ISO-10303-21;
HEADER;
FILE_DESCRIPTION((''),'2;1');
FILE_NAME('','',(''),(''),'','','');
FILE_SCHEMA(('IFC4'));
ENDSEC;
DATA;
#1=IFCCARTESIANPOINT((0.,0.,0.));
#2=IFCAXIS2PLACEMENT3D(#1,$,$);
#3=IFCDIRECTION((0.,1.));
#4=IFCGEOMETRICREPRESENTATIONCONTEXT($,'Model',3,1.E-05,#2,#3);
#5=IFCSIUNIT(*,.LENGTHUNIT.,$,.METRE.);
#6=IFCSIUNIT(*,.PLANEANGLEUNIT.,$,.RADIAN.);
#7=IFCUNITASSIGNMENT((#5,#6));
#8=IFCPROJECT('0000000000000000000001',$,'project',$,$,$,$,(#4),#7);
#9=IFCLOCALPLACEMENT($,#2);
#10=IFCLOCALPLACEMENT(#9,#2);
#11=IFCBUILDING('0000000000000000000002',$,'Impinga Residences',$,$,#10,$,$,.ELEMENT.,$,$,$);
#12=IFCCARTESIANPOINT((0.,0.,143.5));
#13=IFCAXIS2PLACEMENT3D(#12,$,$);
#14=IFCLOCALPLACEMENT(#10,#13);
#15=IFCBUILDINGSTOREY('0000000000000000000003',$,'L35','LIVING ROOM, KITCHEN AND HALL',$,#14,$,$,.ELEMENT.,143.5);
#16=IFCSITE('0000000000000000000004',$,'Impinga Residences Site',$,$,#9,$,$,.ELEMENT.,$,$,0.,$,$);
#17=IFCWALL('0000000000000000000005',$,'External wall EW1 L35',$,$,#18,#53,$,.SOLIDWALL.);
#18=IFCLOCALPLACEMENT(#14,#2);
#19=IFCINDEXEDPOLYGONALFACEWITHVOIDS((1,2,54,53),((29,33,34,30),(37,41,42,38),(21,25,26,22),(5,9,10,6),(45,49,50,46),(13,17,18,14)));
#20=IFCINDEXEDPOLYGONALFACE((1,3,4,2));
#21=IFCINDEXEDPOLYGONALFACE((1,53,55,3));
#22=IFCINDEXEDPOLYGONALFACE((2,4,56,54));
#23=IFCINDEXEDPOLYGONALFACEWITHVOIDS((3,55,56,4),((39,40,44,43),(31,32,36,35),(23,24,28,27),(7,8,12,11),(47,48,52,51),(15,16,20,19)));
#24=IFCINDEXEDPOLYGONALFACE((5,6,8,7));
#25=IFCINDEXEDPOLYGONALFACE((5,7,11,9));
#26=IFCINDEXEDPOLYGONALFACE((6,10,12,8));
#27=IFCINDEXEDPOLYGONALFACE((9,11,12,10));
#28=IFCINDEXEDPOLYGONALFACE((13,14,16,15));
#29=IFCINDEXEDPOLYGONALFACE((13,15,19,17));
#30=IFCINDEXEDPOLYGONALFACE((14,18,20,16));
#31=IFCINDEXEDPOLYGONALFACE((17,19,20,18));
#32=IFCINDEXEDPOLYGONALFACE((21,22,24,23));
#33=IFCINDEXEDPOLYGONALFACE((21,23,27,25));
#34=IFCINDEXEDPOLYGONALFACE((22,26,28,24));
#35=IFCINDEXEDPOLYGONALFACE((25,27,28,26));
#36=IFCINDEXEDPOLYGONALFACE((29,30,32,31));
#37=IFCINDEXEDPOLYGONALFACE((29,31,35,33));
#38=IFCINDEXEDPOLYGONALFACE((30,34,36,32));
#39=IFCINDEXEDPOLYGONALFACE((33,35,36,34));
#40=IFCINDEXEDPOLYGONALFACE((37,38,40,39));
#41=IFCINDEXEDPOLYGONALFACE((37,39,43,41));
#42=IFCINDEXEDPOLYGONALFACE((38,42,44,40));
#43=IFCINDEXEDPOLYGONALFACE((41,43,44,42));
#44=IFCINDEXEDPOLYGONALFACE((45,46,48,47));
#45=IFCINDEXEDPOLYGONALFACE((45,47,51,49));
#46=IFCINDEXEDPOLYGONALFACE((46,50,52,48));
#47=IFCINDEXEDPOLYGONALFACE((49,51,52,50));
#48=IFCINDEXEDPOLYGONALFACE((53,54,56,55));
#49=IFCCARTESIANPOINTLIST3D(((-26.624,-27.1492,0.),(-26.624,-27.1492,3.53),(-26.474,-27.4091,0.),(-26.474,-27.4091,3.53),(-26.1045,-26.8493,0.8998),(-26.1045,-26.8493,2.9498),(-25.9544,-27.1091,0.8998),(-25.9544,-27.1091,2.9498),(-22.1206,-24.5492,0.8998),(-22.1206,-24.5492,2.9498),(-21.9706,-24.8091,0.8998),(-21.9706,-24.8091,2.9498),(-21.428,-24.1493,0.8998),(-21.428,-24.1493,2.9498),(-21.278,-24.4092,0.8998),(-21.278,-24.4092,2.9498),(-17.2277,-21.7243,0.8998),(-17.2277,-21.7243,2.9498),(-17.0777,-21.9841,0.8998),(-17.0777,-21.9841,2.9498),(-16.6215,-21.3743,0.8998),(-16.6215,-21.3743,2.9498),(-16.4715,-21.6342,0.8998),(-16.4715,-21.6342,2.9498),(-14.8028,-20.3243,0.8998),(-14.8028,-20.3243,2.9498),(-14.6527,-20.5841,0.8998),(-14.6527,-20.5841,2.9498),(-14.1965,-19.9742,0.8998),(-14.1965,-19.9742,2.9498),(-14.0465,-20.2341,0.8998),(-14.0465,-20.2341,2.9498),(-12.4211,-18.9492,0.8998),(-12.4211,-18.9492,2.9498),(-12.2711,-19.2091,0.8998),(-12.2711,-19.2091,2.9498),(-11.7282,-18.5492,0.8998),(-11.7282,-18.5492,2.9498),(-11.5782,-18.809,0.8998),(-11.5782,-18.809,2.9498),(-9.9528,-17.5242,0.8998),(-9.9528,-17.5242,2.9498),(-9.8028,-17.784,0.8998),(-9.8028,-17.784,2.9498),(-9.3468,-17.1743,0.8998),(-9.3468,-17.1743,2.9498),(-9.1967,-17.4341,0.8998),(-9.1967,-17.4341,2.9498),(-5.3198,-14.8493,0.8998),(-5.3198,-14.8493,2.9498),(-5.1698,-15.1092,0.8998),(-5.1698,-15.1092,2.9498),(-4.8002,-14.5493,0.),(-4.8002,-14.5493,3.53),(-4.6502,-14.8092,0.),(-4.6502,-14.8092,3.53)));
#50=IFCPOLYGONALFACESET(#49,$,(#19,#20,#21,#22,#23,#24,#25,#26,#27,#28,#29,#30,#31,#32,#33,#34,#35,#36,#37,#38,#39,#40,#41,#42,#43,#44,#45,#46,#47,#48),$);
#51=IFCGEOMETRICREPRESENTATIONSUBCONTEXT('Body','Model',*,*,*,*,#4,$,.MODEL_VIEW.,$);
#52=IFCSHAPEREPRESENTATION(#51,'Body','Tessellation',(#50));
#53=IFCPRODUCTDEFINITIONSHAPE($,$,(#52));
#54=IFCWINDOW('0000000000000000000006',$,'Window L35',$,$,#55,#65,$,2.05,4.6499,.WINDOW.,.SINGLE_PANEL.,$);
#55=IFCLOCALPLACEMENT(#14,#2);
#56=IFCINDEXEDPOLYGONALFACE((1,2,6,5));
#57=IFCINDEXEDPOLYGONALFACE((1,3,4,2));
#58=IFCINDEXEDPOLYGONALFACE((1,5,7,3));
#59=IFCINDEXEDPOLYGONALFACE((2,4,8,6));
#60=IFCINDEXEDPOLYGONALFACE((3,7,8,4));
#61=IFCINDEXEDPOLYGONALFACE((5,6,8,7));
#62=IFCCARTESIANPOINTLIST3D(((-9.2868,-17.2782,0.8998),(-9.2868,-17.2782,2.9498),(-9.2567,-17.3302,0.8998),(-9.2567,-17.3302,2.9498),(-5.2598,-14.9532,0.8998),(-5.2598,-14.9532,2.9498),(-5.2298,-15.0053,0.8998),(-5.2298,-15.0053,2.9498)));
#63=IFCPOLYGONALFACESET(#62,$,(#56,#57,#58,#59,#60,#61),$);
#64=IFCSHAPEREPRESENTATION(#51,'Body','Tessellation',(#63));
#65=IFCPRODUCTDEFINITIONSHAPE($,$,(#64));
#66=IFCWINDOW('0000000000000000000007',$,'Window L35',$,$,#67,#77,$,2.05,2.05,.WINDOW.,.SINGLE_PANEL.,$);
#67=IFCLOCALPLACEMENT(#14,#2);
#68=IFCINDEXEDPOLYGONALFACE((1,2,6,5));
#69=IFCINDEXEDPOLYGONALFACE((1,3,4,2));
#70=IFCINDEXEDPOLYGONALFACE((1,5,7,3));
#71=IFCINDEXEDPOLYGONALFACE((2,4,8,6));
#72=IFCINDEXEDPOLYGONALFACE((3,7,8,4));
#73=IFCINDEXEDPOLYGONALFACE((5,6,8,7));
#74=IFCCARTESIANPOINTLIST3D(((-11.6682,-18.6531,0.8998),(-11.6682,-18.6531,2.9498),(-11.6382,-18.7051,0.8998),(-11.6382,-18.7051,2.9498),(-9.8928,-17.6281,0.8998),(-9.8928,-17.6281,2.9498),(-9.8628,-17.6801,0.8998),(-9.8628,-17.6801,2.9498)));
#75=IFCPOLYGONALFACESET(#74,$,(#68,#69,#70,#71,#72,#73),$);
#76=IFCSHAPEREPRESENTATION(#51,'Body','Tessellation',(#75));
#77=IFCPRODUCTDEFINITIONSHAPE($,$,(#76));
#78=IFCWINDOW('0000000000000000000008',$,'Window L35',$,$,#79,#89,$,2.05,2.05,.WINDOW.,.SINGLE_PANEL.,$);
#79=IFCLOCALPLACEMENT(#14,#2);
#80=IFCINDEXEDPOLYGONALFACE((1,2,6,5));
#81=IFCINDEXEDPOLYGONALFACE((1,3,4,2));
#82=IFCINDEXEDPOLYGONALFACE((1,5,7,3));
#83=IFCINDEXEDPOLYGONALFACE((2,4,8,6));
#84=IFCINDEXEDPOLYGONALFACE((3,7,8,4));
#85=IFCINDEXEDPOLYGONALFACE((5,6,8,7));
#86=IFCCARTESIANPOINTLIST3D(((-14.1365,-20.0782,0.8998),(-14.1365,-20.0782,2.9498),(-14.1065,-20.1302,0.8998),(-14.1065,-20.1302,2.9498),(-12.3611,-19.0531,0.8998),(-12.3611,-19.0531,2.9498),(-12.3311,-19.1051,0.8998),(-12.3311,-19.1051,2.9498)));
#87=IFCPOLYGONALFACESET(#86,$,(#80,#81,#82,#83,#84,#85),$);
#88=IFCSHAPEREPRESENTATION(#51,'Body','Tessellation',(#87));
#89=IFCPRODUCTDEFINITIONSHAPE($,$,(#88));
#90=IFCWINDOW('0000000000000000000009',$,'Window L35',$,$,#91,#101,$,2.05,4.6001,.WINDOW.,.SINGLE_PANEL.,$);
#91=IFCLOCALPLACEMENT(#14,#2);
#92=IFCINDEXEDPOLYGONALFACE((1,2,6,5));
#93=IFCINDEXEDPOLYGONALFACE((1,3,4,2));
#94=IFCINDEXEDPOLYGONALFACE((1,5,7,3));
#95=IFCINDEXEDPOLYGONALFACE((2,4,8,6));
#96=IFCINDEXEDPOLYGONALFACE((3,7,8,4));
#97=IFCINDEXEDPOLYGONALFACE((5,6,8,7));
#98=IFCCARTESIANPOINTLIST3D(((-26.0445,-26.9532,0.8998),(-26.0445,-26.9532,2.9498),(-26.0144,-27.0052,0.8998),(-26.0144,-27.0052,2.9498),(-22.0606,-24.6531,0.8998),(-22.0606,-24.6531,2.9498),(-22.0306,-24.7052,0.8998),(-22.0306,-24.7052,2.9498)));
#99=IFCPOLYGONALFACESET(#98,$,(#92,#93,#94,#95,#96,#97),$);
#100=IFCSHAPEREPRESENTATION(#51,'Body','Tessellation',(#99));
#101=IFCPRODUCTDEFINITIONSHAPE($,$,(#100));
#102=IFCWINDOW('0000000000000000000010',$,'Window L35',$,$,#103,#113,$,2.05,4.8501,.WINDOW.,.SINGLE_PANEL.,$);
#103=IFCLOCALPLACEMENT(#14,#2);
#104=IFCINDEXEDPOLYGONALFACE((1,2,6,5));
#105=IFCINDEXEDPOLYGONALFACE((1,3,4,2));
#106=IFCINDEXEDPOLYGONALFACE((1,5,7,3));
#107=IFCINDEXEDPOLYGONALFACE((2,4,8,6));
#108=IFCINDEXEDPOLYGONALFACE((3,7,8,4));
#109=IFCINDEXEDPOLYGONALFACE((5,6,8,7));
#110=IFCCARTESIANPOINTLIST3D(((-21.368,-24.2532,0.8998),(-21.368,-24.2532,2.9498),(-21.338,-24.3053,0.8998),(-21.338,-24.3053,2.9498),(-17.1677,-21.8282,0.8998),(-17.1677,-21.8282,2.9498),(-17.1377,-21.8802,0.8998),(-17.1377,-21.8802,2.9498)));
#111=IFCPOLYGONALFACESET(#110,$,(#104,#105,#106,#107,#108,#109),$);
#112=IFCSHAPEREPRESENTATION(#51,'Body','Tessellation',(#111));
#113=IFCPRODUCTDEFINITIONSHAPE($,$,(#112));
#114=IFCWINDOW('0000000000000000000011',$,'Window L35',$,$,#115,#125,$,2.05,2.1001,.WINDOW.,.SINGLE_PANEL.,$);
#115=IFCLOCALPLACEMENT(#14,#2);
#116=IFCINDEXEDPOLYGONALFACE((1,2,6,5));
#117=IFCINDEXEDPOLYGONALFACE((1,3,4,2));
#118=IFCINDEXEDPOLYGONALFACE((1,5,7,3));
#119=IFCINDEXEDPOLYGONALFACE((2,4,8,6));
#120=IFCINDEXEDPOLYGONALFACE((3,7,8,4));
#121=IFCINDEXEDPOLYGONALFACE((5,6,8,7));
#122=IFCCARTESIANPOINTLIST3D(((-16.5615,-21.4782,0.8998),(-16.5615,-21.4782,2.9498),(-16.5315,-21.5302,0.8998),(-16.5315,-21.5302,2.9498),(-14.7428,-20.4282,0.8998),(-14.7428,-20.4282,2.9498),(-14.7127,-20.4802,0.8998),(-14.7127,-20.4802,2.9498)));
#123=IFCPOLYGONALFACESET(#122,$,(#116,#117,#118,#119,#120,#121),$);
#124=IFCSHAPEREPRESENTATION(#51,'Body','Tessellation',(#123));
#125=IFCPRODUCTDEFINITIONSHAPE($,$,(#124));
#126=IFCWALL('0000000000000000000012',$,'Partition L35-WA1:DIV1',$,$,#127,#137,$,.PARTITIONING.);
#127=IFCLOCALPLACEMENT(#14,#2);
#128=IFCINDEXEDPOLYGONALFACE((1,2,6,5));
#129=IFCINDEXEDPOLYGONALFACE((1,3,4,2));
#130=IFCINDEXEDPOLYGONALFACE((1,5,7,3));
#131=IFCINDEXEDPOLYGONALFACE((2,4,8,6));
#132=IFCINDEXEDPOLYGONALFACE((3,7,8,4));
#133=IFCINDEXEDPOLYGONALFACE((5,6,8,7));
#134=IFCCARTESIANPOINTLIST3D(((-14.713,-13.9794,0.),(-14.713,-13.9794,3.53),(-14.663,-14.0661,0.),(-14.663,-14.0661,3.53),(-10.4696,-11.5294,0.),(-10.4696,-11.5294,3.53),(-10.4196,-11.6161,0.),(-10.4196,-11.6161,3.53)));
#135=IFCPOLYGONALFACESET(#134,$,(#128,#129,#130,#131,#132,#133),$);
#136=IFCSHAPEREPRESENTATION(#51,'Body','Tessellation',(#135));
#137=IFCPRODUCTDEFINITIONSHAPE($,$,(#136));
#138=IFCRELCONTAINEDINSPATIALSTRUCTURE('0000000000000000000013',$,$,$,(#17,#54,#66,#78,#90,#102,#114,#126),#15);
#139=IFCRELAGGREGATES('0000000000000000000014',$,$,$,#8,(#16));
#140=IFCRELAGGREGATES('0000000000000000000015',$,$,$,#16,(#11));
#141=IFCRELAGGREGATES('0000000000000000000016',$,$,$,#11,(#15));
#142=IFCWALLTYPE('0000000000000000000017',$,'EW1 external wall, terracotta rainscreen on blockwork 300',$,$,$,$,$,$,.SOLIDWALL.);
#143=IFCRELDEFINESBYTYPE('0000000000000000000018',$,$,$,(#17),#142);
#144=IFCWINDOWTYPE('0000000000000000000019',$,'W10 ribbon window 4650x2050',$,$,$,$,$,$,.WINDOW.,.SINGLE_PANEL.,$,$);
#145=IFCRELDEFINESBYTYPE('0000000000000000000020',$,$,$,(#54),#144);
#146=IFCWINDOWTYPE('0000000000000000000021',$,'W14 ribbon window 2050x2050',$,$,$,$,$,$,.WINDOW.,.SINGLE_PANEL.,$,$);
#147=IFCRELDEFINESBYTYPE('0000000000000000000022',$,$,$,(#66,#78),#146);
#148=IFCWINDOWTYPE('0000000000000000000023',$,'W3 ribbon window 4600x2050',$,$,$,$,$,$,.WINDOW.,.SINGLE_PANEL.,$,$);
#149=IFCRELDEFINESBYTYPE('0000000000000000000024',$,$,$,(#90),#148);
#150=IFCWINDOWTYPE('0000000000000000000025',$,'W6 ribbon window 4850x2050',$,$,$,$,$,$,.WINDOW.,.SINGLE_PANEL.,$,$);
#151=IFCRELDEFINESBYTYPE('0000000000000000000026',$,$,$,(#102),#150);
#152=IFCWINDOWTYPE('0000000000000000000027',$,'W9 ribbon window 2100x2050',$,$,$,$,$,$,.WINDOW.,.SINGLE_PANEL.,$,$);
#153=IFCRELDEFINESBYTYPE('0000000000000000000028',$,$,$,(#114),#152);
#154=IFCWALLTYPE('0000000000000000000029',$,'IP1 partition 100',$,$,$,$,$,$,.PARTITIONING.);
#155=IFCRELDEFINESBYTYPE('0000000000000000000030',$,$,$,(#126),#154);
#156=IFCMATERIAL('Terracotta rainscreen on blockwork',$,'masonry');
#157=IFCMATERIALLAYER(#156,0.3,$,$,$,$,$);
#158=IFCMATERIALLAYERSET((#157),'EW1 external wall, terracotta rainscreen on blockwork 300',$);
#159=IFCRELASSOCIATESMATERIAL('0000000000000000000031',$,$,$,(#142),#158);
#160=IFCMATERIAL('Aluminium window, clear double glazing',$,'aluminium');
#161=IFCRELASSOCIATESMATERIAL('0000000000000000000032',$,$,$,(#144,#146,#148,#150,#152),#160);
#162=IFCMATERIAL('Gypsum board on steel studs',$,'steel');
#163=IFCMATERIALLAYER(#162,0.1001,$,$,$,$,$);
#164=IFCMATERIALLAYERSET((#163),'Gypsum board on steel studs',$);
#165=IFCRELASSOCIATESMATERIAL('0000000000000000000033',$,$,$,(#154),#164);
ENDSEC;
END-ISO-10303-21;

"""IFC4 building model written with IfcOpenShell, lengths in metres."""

from ifc_helpers import new_model, si_unit, direction, frame, frame_2d, origin, place, context, subcontext, project, spatial, rectangle, extrude, material, layer, layer_set, type_object, element, fill, save


model = new_model("IFC4")

# Units and contexts
model_context = context("Model", 3, precision=1e-05, world=origin(), true_north=direction((0.0, 1.0)))
body_context = subcontext(model_context, "Body", "Model", "MODEL_VIEW")
ifc_project = project(units=[si_unit("LENGTHUNIT", "METRE"), si_unit("PLANEANGLEUNIT", "RADIAN")], contexts=[model_context])

# Site, building, storey
site_placement = place(None, origin())
site = spatial("IfcSite", under=ifc_project, at=site_placement, Name="Impinga Residences Site", CompositionType="ELEMENT", RefElevation=0.0)
building_placement = place(site_placement, origin())
building = spatial("IfcBuilding", under=site, at=building_placement, Name="Impinga Residences", CompositionType="ELEMENT")
storey_placement = place(building_placement, frame((0.0, 0.0, 143.5)))
storey = spatial("IfcBuildingStorey", under=building, at=storey_placement, Name="L35", Description="LIVING ROOM, KITCHEN AND HALL", CompositionType="ELEMENT", Elevation=143.5)

# Shared definitions
ifc_material_1 = material(Name="Terracotta rainscreen on blockwork", Category="masonry")
ifc_layer_1 = layer(ifc_material_1, 0.3)
ifc_layer_set_1 = layer_set([ifc_layer_1], Name="EW1 external wall, terracotta rainscreen on blockwork 300")
wall_type_1 = type_object("IfcWallType", Name="EW1 external wall, terracotta rainscreen on blockwork 300", PredefinedType="SOLIDWALL", material=ifc_layer_set_1)

# Wall, openings, windows
wall_1_placement = place(storey_placement, frame((-4.7251, -14.6792, 0.0), z_axis=(0.0, 0.0, 1.0), x_axis=(-0.866027, -0.499998, 0.0)))
wall_1 = element("IfcWall", 1, at=wall_1_placement, inside=storey, type_object=wall_type_1, Name="External wall EW1 L35", PredefinedType="SOLIDWALL", context=body_context, shape_type="SweptSolid", body=[
    extrude(rectangle(XDim=25.2, YDim=0.3, at=frame_2d((12.6001, 0.0))), origin(), (0.0, 0.0, 1.0), 3.53),
])
opening_1_placement = place(wall_1_placement, frame((0.6001, 0.0, 0.8999)))
opening_1 = element("IfcOpeningElement", 2, at=opening_1_placement, cuts=wall_1, PredefinedType="OPENING", context=body_context, shape_type="SweptSolid", body=[
    extrude(rectangle(XDim=4.6499, YDim=2.05, at=frame_2d((2.325, 1.0249))), frame((0.0, 0.1599, 0.0), z_axis=(0.0, -1.0, 0.0), x_axis=(1.0, 0.0, 0.0)), (0.0, 0.0, 1.0), 0.3201),
])
opening_2_placement = place(wall_1_placement, frame((5.95, 0.0, 0.8999)))
opening_2 = element("IfcOpeningElement", 3, at=opening_2_placement, cuts=wall_1, PredefinedType="OPENING", context=body_context, shape_type="SweptSolid", body=[
    extrude(rectangle(XDim=2.05, YDim=2.05, at=frame_2d((1.0249, 1.0249))), frame((0.0, 0.1599, 0.0), z_axis=(0.0, -1.0, 0.0), x_axis=(1.0, 0.0, 0.0)), (0.0, 0.0, 1.0), 0.3201),
])
opening_3_placement = place(wall_1_placement, frame((8.8, 0.0, 0.8999)))
opening_3 = element("IfcOpeningElement", 4, at=opening_3_placement, cuts=wall_1, PredefinedType="OPENING", context=body_context, shape_type="SweptSolid", body=[
    extrude(rectangle(XDim=2.05, YDim=2.05, at=frame_2d((1.0249, 1.0249))), frame((0.0, 0.1599, 0.0), z_axis=(0.0, -1.0, 0.0), x_axis=(1.0, 0.0, 0.0)), (0.0, 0.0, 1.0), 0.3201),
])
opening_4_placement = place(wall_1_placement, frame((11.55, 0.0, 0.8999)))
opening_4 = element("IfcOpeningElement", 5, at=opening_4_placement, cuts=wall_1, PredefinedType="OPENING", context=body_context, shape_type="SweptSolid", body=[
    extrude(rectangle(XDim=2.1001, YDim=2.05, at=frame_2d((1.05, 1.0249))), frame((0.0, 0.1599, 0.0), z_axis=(0.0, -1.0, 0.0), x_axis=(1.0, 0.0, 0.0)), (0.0, 0.0, 1.0), 0.3201),
])
opening_5_placement = place(wall_1_placement, frame((14.3501, 0.0, 0.8999)))
opening_5 = element("IfcOpeningElement", 6, at=opening_5_placement, cuts=wall_1, PredefinedType="OPENING", context=body_context, shape_type="SweptSolid", body=[
    extrude(rectangle(XDim=4.8501, YDim=2.05, at=frame_2d((2.425, 1.0249))), frame((0.0, 0.1599, 0.0), z_axis=(0.0, -1.0, 0.0), x_axis=(1.0, 0.0, 0.0)), (0.0, 0.0, 1.0), 0.3201),
])
opening_6_placement = place(wall_1_placement, frame((20.0, 0.0, 0.8999)))
opening_6 = element("IfcOpeningElement", 7, at=opening_6_placement, cuts=wall_1, PredefinedType="OPENING", context=body_context, shape_type="SweptSolid", body=[
    extrude(rectangle(XDim=4.6001, YDim=2.05, at=frame_2d((2.3, 1.0249))), frame((0.0, 0.1599, 0.0), z_axis=(0.0, -1.0, 0.0), x_axis=(1.0, 0.0, 0.0)), (0.0, 0.0, 1.0), 0.3201),
])
ifc_material_2 = material(Name="Aluminium window, clear double glazing", Category="aluminium")
window_type_1 = type_object("IfcWindowType", Name="W10 ribbon window 4650x2050", PartitioningType="SINGLE_PANEL", PredefinedType="WINDOW", material=ifc_material_2)
window_1_placement = place(opening_1_placement, origin())
window_1 = element("IfcWindow", 8, at=window_1_placement, inside=storey, type_object=window_type_1, Name="Window L35", OverallHeight=2.05, OverallWidth=4.6499, PartitioningType="SINGLE_PANEL", PredefinedType="WINDOW", context=body_context, shape_type="SweptSolid", body=[
    extrude(rectangle(XDim=4.6499, YDim=2.05, at=frame_2d((2.325, 1.0249))), frame((0.0, 0.03, 0.0), z_axis=(0.0, -1.0, 0.0), x_axis=(1.0, 0.0, 0.0)), (0.0, 0.0, 1.0), 0.0601),
])
fill(opening_1, window_1)
window_type_2 = type_object("IfcWindowType", Name="W14 ribbon window 2050x2050", PartitioningType="SINGLE_PANEL", PredefinedType="WINDOW", material=ifc_material_2)
window_2_placement = place(opening_2_placement, origin())
window_2 = element("IfcWindow", 9, at=window_2_placement, inside=storey, type_object=window_type_2, Name="Window L35", OverallHeight=2.05, OverallWidth=2.05, PartitioningType="SINGLE_PANEL", PredefinedType="WINDOW", context=body_context, shape_type="SweptSolid", body=[
    extrude(rectangle(XDim=2.05, YDim=2.05, at=frame_2d((1.0249, 1.0249))), frame((0.0, 0.03, 0.0), z_axis=(0.0, -1.0, 0.0), x_axis=(1.0, 0.0, 0.0)), (0.0, 0.0, 1.0), 0.0601),
])
fill(opening_2, window_2)
window_3_placement = place(opening_3_placement, origin())
window_3 = element("IfcWindow", 10, at=window_3_placement, inside=storey, type_object=window_type_2, Name="Window L35", OverallHeight=2.05, OverallWidth=2.05, PartitioningType="SINGLE_PANEL", PredefinedType="WINDOW", context=body_context, shape_type="SweptSolid", body=[
    extrude(rectangle(XDim=2.05, YDim=2.05, at=frame_2d((1.0249, 1.0249))), frame((0.0, 0.03, 0.0), z_axis=(0.0, -1.0, 0.0), x_axis=(1.0, 0.0, 0.0)), (0.0, 0.0, 1.0), 0.0601),
])
fill(opening_3, window_3)
window_type_3 = type_object("IfcWindowType", Name="W3 ribbon window 4600x2050", PartitioningType="SINGLE_PANEL", PredefinedType="WINDOW", material=ifc_material_2)
window_4_placement = place(opening_6_placement, origin())
window_4 = element("IfcWindow", 11, at=window_4_placement, inside=storey, type_object=window_type_3, Name="Window L35", OverallHeight=2.05, OverallWidth=4.6001, PartitioningType="SINGLE_PANEL", PredefinedType="WINDOW", context=body_context, shape_type="SweptSolid", body=[
    extrude(rectangle(XDim=4.6001, YDim=2.05, at=frame_2d((2.3, 1.0249))), frame((0.0, 0.03, 0.0), z_axis=(0.0, -1.0, 0.0), x_axis=(1.0, 0.0, 0.0)), (0.0, 0.0, 1.0), 0.0601),
])
fill(opening_6, window_4)
window_type_4 = type_object("IfcWindowType", Name="W6 ribbon window 4850x2050", PartitioningType="SINGLE_PANEL", PredefinedType="WINDOW", material=ifc_material_2)
window_5_placement = place(opening_5_placement, origin())
window_5 = element("IfcWindow", 12, at=window_5_placement, inside=storey, type_object=window_type_4, Name="Window L35", OverallHeight=2.05, OverallWidth=4.8501, PartitioningType="SINGLE_PANEL", PredefinedType="WINDOW", context=body_context, shape_type="SweptSolid", body=[
    extrude(rectangle(XDim=4.8501, YDim=2.05, at=frame_2d((2.425, 1.0249))), frame((0.0, 0.03, 0.0), z_axis=(0.0, -1.0, 0.0), x_axis=(1.0, 0.0, 0.0)), (0.0, 0.0, 1.0), 0.0601),
])
fill(opening_5, window_5)
window_type_5 = type_object("IfcWindowType", Name="W9 ribbon window 2100x2050", PartitioningType="SINGLE_PANEL", PredefinedType="WINDOW", material=ifc_material_2)
window_6_placement = place(opening_4_placement, origin())
window_6 = element("IfcWindow", 13, at=window_6_placement, inside=storey, type_object=window_type_5, Name="Window L35", OverallHeight=2.05, OverallWidth=2.1001, PartitioningType="SINGLE_PANEL", PredefinedType="WINDOW", context=body_context, shape_type="SweptSolid", body=[
    extrude(rectangle(XDim=2.1001, YDim=2.05, at=frame_2d((1.05, 1.0249))), frame((0.0, 0.03, 0.0), z_axis=(0.0, -1.0, 0.0), x_axis=(1.0, 0.0, 0.0)), (0.0, 0.0, 1.0), 0.0601),
])
fill(opening_4, window_6)

# Wall
ifc_material_3 = material(Name="Gypsum board on steel studs", Category="steel")
ifc_layer_2 = layer(ifc_material_3, 0.1001)
ifc_layer_set_2 = layer_set([ifc_layer_2], Name="Gypsum board on steel studs")
wall_type_2 = type_object("IfcWallType", Name="IP1 partition 100", PredefinedType="PARTITIONING", material=ifc_layer_set_2)
wall_2_placement = place(storey_placement, frame((-10.4446, -11.5728, 0.0), z_axis=(0.0, 0.0, 1.0), x_axis=(-0.866024, -0.500003, 0.0)))
element("IfcWall", 14, at=wall_2_placement, inside=storey, type_object=wall_type_2, Name="Partition L35-WA1:DIV1", PredefinedType="PARTITIONING", context=body_context, shape_type="SweptSolid", body=[
    extrude(rectangle(XDim=4.8999, YDim=0.1001, at=frame_2d((2.45, 0.0))), origin(), (0.0, 0.0, 1.0), 3.53),
])

save(model, "model.ifc")
